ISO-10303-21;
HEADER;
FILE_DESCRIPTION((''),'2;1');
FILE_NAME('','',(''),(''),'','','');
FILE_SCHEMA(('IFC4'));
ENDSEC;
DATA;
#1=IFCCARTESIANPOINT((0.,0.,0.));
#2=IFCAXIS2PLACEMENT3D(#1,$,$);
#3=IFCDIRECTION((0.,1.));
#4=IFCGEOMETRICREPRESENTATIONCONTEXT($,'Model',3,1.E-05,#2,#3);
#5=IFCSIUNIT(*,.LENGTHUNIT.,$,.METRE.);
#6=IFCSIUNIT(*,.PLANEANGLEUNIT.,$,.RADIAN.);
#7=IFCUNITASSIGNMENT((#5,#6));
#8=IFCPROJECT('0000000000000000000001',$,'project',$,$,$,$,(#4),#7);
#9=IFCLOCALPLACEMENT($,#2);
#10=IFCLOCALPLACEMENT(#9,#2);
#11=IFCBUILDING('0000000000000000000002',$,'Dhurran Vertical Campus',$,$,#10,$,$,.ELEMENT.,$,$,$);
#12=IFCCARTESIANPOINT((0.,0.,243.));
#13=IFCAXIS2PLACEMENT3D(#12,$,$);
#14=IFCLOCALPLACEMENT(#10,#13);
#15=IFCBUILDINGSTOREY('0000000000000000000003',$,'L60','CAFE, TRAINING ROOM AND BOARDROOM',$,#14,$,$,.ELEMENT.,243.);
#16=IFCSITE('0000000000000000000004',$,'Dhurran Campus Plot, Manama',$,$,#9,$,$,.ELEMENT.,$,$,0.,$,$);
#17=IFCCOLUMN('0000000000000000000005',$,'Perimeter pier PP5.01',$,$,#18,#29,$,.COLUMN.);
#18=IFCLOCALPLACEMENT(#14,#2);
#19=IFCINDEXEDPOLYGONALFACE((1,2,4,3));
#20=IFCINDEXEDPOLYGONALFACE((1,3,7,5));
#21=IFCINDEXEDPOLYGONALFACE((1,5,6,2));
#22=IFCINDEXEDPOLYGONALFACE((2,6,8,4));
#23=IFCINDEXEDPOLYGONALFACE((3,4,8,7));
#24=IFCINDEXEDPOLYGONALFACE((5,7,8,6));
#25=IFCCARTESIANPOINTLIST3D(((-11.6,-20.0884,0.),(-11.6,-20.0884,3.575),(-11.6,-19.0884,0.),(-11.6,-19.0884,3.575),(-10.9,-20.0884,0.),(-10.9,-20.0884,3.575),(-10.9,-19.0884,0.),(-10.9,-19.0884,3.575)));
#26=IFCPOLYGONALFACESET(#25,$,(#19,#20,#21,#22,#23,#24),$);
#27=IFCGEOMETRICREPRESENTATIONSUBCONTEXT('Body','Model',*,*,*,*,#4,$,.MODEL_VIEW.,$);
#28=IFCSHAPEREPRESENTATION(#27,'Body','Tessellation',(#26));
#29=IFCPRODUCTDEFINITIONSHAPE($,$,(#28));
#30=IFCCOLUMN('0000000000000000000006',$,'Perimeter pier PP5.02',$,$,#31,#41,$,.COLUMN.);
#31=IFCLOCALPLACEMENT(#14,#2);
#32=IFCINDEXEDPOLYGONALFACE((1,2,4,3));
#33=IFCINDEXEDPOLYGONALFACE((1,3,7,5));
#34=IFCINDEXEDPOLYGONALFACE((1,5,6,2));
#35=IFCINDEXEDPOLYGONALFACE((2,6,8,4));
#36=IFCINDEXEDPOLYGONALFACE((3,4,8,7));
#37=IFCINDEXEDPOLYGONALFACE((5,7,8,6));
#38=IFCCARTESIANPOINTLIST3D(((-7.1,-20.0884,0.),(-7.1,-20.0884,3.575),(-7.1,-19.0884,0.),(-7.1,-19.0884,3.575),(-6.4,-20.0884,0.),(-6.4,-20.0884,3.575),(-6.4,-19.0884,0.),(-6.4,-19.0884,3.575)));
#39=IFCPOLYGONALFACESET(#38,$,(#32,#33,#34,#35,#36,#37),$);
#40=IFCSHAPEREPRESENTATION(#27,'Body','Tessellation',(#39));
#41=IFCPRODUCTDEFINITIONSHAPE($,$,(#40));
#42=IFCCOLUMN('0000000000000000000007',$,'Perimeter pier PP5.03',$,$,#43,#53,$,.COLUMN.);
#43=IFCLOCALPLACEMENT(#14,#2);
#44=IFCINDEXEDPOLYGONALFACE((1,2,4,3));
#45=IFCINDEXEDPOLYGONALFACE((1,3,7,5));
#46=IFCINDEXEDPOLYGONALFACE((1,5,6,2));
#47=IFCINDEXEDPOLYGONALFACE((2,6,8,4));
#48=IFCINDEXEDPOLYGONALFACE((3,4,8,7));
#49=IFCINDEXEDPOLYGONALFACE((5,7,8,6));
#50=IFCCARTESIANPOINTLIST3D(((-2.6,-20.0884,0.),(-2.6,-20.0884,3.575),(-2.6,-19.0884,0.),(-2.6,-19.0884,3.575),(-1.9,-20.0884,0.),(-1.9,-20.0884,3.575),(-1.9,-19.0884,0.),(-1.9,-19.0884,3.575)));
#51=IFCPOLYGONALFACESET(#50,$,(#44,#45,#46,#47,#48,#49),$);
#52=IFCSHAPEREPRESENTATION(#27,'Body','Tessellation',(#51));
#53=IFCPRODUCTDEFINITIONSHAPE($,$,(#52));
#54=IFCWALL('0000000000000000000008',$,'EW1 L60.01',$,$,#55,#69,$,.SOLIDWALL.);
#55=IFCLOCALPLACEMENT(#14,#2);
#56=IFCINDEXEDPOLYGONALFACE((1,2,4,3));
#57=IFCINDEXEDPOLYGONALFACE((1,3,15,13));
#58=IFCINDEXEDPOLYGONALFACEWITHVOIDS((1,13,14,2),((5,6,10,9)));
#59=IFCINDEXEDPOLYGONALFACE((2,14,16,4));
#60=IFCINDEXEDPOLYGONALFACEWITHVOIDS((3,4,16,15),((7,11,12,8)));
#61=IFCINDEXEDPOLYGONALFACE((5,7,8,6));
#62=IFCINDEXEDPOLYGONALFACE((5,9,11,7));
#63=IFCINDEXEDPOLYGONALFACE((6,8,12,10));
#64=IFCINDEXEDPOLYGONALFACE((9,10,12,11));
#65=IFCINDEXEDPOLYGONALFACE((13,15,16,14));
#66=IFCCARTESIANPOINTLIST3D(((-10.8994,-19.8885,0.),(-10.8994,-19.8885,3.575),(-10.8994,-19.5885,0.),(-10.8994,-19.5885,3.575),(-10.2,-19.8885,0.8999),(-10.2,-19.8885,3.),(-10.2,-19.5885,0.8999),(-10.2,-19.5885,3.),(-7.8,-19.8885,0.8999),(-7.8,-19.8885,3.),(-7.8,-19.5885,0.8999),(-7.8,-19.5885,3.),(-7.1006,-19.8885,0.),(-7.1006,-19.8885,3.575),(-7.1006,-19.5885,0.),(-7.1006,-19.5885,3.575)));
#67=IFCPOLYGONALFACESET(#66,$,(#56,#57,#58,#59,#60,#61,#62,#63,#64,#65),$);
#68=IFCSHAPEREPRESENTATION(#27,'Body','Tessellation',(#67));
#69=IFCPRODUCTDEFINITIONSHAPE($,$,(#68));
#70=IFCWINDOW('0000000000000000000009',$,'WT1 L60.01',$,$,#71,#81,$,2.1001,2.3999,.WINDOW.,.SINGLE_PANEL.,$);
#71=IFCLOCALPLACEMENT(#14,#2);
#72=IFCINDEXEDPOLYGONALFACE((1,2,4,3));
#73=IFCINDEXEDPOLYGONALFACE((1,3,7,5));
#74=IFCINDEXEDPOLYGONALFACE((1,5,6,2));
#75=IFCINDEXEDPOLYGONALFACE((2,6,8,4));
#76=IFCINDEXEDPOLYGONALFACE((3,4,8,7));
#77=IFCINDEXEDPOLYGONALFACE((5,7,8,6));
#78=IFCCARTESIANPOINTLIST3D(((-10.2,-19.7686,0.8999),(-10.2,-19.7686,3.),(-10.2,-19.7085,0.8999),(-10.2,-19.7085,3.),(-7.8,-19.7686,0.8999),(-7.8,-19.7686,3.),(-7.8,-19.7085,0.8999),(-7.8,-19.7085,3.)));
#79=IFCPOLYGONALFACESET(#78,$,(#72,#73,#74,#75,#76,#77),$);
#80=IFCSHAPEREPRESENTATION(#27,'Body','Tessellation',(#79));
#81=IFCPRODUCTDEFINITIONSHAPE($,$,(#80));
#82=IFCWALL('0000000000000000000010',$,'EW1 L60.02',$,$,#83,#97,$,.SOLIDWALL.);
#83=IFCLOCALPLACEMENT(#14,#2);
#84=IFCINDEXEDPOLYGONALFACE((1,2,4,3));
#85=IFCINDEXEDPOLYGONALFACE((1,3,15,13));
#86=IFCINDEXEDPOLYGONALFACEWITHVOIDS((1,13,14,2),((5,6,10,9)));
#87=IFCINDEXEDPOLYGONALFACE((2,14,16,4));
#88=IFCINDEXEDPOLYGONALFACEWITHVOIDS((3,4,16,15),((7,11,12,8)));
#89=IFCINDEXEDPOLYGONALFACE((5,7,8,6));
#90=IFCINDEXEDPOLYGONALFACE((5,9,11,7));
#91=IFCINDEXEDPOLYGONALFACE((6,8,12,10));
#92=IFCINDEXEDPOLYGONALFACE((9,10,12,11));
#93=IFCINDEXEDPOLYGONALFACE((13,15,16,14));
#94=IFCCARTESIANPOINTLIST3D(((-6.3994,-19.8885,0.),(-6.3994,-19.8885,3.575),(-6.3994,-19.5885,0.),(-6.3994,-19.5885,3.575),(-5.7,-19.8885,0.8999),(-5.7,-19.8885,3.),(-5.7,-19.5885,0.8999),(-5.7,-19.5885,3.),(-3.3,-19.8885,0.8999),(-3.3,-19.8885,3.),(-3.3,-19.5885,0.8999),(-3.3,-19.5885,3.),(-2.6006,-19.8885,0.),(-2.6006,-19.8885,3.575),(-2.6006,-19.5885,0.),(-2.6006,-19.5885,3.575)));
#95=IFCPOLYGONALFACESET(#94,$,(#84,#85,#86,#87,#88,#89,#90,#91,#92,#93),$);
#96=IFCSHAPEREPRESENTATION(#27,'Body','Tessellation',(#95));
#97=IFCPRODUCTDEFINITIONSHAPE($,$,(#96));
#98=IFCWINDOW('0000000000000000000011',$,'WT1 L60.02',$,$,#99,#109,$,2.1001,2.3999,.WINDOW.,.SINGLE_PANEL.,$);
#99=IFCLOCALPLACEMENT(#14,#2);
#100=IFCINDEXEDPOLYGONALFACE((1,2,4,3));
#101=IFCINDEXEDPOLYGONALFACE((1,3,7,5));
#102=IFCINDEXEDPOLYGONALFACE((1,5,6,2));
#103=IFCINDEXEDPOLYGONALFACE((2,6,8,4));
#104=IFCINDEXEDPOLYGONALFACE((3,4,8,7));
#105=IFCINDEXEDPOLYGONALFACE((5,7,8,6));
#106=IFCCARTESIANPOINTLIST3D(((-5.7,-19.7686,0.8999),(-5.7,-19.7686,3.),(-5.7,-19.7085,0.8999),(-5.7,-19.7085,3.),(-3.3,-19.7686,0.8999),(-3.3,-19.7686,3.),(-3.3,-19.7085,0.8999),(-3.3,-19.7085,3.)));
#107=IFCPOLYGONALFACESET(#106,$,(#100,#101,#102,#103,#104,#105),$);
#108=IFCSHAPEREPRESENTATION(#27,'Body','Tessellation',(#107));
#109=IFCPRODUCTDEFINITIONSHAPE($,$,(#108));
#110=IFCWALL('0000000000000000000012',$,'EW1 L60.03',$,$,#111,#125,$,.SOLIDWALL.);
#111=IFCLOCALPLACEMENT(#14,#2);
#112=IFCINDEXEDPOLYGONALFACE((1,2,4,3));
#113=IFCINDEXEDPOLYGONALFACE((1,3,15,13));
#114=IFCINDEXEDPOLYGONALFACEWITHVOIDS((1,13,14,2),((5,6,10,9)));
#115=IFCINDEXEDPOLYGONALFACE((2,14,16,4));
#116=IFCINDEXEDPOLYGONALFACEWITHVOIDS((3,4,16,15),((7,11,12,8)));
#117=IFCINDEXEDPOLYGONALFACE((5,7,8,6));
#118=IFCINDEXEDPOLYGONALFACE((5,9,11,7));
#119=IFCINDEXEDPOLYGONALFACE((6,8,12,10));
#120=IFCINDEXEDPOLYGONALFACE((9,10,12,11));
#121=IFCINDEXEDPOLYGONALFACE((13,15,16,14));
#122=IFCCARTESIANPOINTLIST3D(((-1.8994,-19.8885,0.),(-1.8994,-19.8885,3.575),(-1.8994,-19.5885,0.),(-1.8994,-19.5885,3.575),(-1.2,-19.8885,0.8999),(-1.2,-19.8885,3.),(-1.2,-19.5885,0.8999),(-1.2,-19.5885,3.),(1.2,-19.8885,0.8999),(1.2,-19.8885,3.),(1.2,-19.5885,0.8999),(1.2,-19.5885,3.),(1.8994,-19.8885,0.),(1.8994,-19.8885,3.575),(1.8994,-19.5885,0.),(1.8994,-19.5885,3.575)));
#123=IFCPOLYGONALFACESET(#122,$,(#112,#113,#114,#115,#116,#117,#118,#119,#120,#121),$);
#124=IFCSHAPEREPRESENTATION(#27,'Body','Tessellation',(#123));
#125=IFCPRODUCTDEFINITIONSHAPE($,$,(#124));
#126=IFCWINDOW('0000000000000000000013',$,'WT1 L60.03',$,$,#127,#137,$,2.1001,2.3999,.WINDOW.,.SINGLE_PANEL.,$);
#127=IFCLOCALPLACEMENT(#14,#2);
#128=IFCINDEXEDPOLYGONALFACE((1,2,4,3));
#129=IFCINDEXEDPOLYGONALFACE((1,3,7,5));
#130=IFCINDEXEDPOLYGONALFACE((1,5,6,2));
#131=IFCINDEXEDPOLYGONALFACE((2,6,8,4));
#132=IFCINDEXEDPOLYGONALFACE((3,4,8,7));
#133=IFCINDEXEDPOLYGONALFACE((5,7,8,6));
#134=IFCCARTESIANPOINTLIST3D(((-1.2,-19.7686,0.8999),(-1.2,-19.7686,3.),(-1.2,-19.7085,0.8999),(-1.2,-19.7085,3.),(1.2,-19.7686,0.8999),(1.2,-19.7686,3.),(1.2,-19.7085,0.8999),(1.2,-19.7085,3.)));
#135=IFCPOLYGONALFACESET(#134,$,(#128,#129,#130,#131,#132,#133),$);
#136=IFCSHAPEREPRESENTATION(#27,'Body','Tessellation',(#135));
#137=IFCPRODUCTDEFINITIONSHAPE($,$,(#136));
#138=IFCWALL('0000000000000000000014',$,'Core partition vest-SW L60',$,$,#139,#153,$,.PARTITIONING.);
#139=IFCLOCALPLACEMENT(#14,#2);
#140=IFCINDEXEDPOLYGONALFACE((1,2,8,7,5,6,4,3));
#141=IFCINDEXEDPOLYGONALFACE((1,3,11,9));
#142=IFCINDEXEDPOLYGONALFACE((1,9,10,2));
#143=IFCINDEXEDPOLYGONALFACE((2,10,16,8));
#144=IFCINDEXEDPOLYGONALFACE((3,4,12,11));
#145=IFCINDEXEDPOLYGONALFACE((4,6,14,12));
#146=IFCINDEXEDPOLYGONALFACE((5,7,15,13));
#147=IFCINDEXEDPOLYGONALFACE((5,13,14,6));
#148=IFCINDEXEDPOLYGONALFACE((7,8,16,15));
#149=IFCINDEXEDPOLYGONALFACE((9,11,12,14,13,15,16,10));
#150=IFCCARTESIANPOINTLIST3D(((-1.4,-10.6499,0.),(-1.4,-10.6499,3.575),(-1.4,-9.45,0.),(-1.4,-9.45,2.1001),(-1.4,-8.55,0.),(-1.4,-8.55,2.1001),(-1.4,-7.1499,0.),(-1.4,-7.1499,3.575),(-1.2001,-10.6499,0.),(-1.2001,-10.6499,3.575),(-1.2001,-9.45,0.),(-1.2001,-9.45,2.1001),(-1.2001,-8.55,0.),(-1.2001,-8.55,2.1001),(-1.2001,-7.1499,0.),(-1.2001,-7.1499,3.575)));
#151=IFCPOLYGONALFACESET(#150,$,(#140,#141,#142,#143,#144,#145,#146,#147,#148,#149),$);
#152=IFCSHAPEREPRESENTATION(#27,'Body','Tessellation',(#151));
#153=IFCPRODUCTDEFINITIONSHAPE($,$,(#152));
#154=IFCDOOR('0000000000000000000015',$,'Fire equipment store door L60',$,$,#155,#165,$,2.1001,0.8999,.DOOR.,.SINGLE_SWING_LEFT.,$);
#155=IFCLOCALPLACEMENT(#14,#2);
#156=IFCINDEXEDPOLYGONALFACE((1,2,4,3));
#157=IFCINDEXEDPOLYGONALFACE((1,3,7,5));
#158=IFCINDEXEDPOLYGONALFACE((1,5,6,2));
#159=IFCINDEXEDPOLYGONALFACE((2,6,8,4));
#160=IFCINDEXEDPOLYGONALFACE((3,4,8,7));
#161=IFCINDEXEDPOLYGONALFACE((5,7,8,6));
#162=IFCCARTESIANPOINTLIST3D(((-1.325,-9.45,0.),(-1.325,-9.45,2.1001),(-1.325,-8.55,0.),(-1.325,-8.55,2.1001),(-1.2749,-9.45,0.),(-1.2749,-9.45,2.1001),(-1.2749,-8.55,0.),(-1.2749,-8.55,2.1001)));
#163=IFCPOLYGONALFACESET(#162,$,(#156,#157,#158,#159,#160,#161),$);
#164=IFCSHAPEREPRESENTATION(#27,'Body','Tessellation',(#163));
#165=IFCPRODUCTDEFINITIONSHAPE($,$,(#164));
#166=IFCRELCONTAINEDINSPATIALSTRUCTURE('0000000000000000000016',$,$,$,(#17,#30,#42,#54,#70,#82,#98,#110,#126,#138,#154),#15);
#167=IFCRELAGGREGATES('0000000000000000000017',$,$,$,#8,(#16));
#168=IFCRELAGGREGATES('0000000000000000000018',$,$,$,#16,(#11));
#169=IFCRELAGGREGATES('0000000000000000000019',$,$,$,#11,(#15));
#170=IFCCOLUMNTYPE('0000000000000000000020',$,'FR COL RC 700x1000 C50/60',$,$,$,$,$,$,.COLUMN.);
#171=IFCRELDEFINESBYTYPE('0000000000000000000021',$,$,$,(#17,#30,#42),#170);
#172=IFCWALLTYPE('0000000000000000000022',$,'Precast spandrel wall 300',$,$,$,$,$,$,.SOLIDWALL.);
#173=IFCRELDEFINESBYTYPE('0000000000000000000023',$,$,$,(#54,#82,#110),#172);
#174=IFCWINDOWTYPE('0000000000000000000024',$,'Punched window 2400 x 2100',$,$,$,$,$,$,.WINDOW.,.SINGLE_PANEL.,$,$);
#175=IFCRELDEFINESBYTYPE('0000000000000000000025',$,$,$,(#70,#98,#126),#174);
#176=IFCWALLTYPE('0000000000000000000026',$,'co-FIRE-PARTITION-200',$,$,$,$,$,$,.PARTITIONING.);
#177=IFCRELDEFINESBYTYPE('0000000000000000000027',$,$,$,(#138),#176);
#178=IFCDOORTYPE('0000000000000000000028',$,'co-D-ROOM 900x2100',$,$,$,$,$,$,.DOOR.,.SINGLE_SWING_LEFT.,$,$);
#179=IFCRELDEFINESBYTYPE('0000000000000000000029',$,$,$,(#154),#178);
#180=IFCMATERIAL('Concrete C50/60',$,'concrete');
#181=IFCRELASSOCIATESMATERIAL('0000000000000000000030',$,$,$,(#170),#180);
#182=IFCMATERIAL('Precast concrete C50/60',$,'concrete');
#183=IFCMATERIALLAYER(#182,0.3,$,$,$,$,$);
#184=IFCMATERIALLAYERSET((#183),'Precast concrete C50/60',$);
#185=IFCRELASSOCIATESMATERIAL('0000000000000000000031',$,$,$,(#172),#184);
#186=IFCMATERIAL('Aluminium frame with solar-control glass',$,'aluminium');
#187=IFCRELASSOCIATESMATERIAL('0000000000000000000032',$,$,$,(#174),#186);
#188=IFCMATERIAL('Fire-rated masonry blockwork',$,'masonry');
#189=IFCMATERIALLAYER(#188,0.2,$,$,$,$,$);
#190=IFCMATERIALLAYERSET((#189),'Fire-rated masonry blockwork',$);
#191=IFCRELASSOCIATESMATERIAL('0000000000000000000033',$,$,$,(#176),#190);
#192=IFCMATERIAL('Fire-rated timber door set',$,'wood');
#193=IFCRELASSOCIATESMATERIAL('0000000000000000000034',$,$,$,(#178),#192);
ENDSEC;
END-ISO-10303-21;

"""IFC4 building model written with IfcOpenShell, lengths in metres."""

from ifc_helpers import new_model, si_unit, direction, frame, frame_2d, origin, origin_2d, place, context, subcontext, project, spatial, rectangle, extrude, material, layer, layer_set, material_profile, profile_set, type_object, element, fill, save


model = new_model("IFC4")

# Units and contexts
model_context = context("Model", 3, precision=1e-05, world=origin(), true_north=direction((0.0, 1.0)))
body_context = subcontext(model_context, "Body", "Model", "MODEL_VIEW")
ifc_project = project(units=[si_unit("LENGTHUNIT", "METRE"), si_unit("PLANEANGLEUNIT", "RADIAN")], contexts=[model_context])

# Site, building, storey
site_placement = place(None, origin())
site = spatial("IfcSite", under=ifc_project, at=site_placement, Name="Dhurran Campus Plot, Manama", CompositionType="ELEMENT", RefElevation=0.0)
building_placement = place(site_placement, origin())
building = spatial("IfcBuilding", under=site, at=building_placement, Name="Dhurran Vertical Campus", CompositionType="ELEMENT")
storey_placement = place(building_placement, frame((0.0, 0.0, 243.0)))
storey = spatial("IfcBuildingStorey", under=building, at=storey_placement, Name="L60", Description="CAFE, TRAINING ROOM AND BOARDROOM", CompositionType="ELEMENT", Elevation=243.0)

# Columns
ifc_material_1 = material(Name="Concrete C50/60", Category="concrete")
ifc_material_profile = material_profile(ifc_material_1, rectangle(XDim=0.7, YDim=1.0, at=origin_2d()), Name="RC 700x1000")
ifc_profile_set = profile_set([ifc_material_profile], Name="Concrete C50/60")
column_type = type_object("IfcColumnType", Name="FR COL RC 700x1000 C50/60", PredefinedType="COLUMN", material=ifc_profile_set)
for number, where, z_axis, x_axis, name in (
    (1, (-11.25, -19.5884, 0.0), (0.0, 0.0, 1.0), (1.0, 0.0, 0.0), "Perimeter pier PP5.01"),
    (2, (-6.75, -19.5884, 0.0), (0.0, 0.0, 1.0), (1.0, 0.0, 0.0), "Perimeter pier PP5.02"),
    (3, (-2.25, -19.5884, 0.0), (0.0, 0.0, 1.0), (1.0, 0.0, 0.0), "Perimeter pier PP5.03"),
):
    element("IfcColumn", number, at=place(storey_placement, frame(where, z_axis=z_axis, x_axis=x_axis)), inside=storey, type_object=column_type, Name=name, PredefinedType="COLUMN", context=body_context, shape_type="SweptSolid", body=[
        extrude(rectangle(XDim=0.7, YDim=1.0, at=origin_2d()), origin(), (0.0, 0.0, 1.0), 3.575),
    ])

# Walls, openings, windows
ifc_material_2 = material(Name="Precast concrete C50/60", Category="concrete")
ifc_layer_1 = layer(ifc_material_2, 0.3)
ifc_layer_set_1 = layer_set([ifc_layer_1], Name="Precast concrete C50/60")
wall_type_1 = type_object("IfcWallType", Name="Precast spandrel wall 300", PredefinedType="SOLIDWALL", material=ifc_layer_set_1)
wall_1_placement = place(storey_placement, frame((-10.8994, -19.7385, 0.0), z_axis=(0.0, 0.0, 1.0), x_axis=(1.0, 0.0, 0.0)))
wall_1 = element("IfcWall", 4, at=wall_1_placement, inside=storey, type_object=wall_type_1, Name="EW1 L60.01", PredefinedType="SOLIDWALL", context=body_context, shape_type="SweptSolid", body=[
    extrude(rectangle(XDim=3.7988, YDim=0.3, at=frame_2d((1.8994, 0.0))), origin(), (0.0, 0.0, 1.0), 3.575),
])
opening_1_placement = place(wall_1_placement, frame((0.6995, 0.0, 0.8999)))
opening_1 = element("IfcOpeningElement", 5, at=opening_1_placement, cuts=wall_1, PredefinedType="OPENING", context=body_context, shape_type="SweptSolid", body=[
    extrude(rectangle(XDim=2.3999, YDim=2.1001, at=frame_2d((1.2, 1.05))), frame((0.0, 0.1599, 0.0), z_axis=(0.0, -1.0, 0.0), x_axis=(1.0, 0.0, 0.0)), (0.0, 0.0, 1.0), 0.3201),
])
ifc_material_3 = material(Name="Aluminium frame with solar-control glass", Category="aluminium")
window_type = type_object("IfcWindowType", Name="Punched window 2400 x 2100", PartitioningType="SINGLE_PANEL", PredefinedType="WINDOW", material=ifc_material_3)
window_1_placement = place(opening_1_placement, origin())
window_1 = element("IfcWindow", 6, at=window_1_placement, inside=storey, type_object=window_type, Name="WT1 L60.01", OverallHeight=2.1001, OverallWidth=2.3999, PartitioningType="SINGLE_PANEL", PredefinedType="WINDOW", context=body_context, shape_type="SweptSolid", body=[
    extrude(rectangle(XDim=2.3999, YDim=2.1001, at=frame_2d((1.2, 1.05))), frame((0.0, 0.03, 0.0), z_axis=(0.0, -1.0, 0.0), x_axis=(1.0, 0.0, 0.0)), (0.0, 0.0, 1.0), 0.0601),
])
fill(opening_1, window_1)
wall_2_placement = place(storey_placement, frame((-6.3994, -19.7385, 0.0), z_axis=(0.0, 0.0, 1.0), x_axis=(1.0, 0.0, 0.0)))
wall_2 = element("IfcWall", 7, at=wall_2_placement, inside=storey, type_object=wall_type_1, Name="EW1 L60.02", PredefinedType="SOLIDWALL", context=body_context, shape_type="SweptSolid", body=[
    extrude(rectangle(XDim=3.7988, YDim=0.3, at=frame_2d((1.8994, 0.0))), origin(), (0.0, 0.0, 1.0), 3.575),
])
opening_2_placement = place(wall_2_placement, frame((0.6995, 0.0, 0.8999)))
opening_2 = element("IfcOpeningElement", 8, at=opening_2_placement, cuts=wall_2, PredefinedType="OPENING", context=body_context, shape_type="SweptSolid", body=[
    extrude(rectangle(XDim=2.3999, YDim=2.1001, at=frame_2d((1.2, 1.05))), frame((0.0, 0.1599, 0.0), z_axis=(0.0, -1.0, 0.0), x_axis=(1.0, 0.0, 0.0)), (0.0, 0.0, 1.0), 0.3201),
])
window_2_placement = place(opening_2_placement, origin())
window_2 = element("IfcWindow", 9, at=window_2_placement, inside=storey, type_object=window_type, Name="WT1 L60.02", OverallHeight=2.1001, OverallWidth=2.3999, PartitioningType="SINGLE_PANEL", PredefinedType="WINDOW", context=body_context, shape_type="SweptSolid", body=[
    extrude(rectangle(XDim=2.3999, YDim=2.1001, at=frame_2d((1.2, 1.05))), frame((0.0, 0.03, 0.0), z_axis=(0.0, -1.0, 0.0), x_axis=(1.0, 0.0, 0.0)), (0.0, 0.0, 1.0), 0.0601),
])
fill(opening_2, window_2)
wall_3_placement = place(storey_placement, frame((-1.8994, -19.7385, 0.0), z_axis=(0.0, 0.0, 1.0), x_axis=(1.0, 0.0, 0.0)))
wall_3 = element("IfcWall", 10, at=wall_3_placement, inside=storey, type_object=wall_type_1, Name="EW1 L60.03", PredefinedType="SOLIDWALL", context=body_context, shape_type="SweptSolid", body=[
    extrude(rectangle(XDim=3.7988, YDim=0.3, at=frame_2d((1.8994, 0.0))), origin(), (0.0, 0.0, 1.0), 3.575),
])
opening_3_placement = place(wall_3_placement, frame((0.6995, 0.0, 0.8999)))
opening_3 = element("IfcOpeningElement", 11, at=opening_3_placement, cuts=wall_3, PredefinedType="OPENING", context=body_context, shape_type="SweptSolid", body=[
    extrude(rectangle(XDim=2.3999, YDim=2.1001, at=frame_2d((1.2, 1.05))), frame((0.0, 0.1599, 0.0), z_axis=(0.0, -1.0, 0.0), x_axis=(1.0, 0.0, 0.0)), (0.0, 0.0, 1.0), 0.3201),
])
window_3_placement = place(opening_3_placement, origin())
window_3 = element("IfcWindow", 12, at=window_3_placement, inside=storey, type_object=window_type, Name="WT1 L60.03", OverallHeight=2.1001, OverallWidth=2.3999, PartitioningType="SINGLE_PANEL", PredefinedType="WINDOW", context=body_context, shape_type="SweptSolid", body=[
    extrude(rectangle(XDim=2.3999, YDim=2.1001, at=frame_2d((1.2, 1.05))), frame((0.0, 0.03, 0.0), z_axis=(0.0, -1.0, 0.0), x_axis=(1.0, 0.0, 0.0)), (0.0, 0.0, 1.0), 0.0601),
])
fill(opening_3, window_3)

# Wall, opening, door
ifc_material_4 = material(Name="Fire-rated masonry blockwork", Category="masonry")
ifc_layer_2 = layer(ifc_material_4, 0.2)
ifc_layer_set_2 = layer_set([ifc_layer_2], Name="Fire-rated masonry blockwork")
wall_type_2 = type_object("IfcWallType", Name="co-FIRE-PARTITION-200", PredefinedType="PARTITIONING", material=ifc_layer_set_2)
wall_4_placement = place(storey_placement, frame((-1.3, -10.6499, 0.0), z_axis=(0.0, 0.0, 1.0), x_axis=(0.0, 1.0, 0.0)))
wall_4 = element("IfcWall", 13, at=wall_4_placement, inside=storey, type_object=wall_type_2, Name="Core partition vest-SW L60", PredefinedType="PARTITIONING", context=body_context, shape_type="SweptSolid", body=[
    extrude(rectangle(XDim=3.5, YDim=0.2, at=frame_2d((1.75, 0.0))), origin(), (0.0, 0.0, 1.0), 3.575),
])
opening_4_placement = place(wall_4_placement, frame((1.2, 0.0, 0.0)))
opening_4 = element("IfcOpeningElement", 14, at=opening_4_placement, cuts=wall_4, PredefinedType="OPENING", context=body_context, shape_type="SweptSolid", body=[
    extrude(rectangle(XDim=0.8999, YDim=2.1001, at=frame_2d((0.45, 1.05))), frame((0.0, 0.1099, 0.0), z_axis=(0.0, -1.0, 0.0), x_axis=(1.0, 0.0, 0.0)), (0.0, 0.0, 1.0), 0.22),
])
ifc_material_5 = material(Name="Fire-rated timber door set", Category="wood")
door_type_1 = type_object("IfcDoorType", Name="co-D-ROOM 900x2100", OperationType="SINGLE_SWING_LEFT", PredefinedType="DOOR", material=ifc_material_5)
door_1_placement = place(opening_4_placement, origin())
door_1 = element("IfcDoor", 15, at=door_1_placement, inside=storey, type_object=door_type_1, Name="Fire equipment store door L60", OperationType="SINGLE_SWING_LEFT", OverallHeight=2.1001, OverallWidth=0.8999, PredefinedType="DOOR", context=body_context, shape_type="SweptSolid", body=[
    extrude(rectangle(XDim=0.8999, YDim=2.1001, at=frame_2d((0.45, 1.05))), frame((0.0, 0.0249, 0.0), z_axis=(0.0, -1.0, 0.0), x_axis=(1.0, 0.0, 0.0)), (0.0, 0.0, 1.0), 0.05),
])
fill(opening_4, door_1)

save(model, "model.ifc")
